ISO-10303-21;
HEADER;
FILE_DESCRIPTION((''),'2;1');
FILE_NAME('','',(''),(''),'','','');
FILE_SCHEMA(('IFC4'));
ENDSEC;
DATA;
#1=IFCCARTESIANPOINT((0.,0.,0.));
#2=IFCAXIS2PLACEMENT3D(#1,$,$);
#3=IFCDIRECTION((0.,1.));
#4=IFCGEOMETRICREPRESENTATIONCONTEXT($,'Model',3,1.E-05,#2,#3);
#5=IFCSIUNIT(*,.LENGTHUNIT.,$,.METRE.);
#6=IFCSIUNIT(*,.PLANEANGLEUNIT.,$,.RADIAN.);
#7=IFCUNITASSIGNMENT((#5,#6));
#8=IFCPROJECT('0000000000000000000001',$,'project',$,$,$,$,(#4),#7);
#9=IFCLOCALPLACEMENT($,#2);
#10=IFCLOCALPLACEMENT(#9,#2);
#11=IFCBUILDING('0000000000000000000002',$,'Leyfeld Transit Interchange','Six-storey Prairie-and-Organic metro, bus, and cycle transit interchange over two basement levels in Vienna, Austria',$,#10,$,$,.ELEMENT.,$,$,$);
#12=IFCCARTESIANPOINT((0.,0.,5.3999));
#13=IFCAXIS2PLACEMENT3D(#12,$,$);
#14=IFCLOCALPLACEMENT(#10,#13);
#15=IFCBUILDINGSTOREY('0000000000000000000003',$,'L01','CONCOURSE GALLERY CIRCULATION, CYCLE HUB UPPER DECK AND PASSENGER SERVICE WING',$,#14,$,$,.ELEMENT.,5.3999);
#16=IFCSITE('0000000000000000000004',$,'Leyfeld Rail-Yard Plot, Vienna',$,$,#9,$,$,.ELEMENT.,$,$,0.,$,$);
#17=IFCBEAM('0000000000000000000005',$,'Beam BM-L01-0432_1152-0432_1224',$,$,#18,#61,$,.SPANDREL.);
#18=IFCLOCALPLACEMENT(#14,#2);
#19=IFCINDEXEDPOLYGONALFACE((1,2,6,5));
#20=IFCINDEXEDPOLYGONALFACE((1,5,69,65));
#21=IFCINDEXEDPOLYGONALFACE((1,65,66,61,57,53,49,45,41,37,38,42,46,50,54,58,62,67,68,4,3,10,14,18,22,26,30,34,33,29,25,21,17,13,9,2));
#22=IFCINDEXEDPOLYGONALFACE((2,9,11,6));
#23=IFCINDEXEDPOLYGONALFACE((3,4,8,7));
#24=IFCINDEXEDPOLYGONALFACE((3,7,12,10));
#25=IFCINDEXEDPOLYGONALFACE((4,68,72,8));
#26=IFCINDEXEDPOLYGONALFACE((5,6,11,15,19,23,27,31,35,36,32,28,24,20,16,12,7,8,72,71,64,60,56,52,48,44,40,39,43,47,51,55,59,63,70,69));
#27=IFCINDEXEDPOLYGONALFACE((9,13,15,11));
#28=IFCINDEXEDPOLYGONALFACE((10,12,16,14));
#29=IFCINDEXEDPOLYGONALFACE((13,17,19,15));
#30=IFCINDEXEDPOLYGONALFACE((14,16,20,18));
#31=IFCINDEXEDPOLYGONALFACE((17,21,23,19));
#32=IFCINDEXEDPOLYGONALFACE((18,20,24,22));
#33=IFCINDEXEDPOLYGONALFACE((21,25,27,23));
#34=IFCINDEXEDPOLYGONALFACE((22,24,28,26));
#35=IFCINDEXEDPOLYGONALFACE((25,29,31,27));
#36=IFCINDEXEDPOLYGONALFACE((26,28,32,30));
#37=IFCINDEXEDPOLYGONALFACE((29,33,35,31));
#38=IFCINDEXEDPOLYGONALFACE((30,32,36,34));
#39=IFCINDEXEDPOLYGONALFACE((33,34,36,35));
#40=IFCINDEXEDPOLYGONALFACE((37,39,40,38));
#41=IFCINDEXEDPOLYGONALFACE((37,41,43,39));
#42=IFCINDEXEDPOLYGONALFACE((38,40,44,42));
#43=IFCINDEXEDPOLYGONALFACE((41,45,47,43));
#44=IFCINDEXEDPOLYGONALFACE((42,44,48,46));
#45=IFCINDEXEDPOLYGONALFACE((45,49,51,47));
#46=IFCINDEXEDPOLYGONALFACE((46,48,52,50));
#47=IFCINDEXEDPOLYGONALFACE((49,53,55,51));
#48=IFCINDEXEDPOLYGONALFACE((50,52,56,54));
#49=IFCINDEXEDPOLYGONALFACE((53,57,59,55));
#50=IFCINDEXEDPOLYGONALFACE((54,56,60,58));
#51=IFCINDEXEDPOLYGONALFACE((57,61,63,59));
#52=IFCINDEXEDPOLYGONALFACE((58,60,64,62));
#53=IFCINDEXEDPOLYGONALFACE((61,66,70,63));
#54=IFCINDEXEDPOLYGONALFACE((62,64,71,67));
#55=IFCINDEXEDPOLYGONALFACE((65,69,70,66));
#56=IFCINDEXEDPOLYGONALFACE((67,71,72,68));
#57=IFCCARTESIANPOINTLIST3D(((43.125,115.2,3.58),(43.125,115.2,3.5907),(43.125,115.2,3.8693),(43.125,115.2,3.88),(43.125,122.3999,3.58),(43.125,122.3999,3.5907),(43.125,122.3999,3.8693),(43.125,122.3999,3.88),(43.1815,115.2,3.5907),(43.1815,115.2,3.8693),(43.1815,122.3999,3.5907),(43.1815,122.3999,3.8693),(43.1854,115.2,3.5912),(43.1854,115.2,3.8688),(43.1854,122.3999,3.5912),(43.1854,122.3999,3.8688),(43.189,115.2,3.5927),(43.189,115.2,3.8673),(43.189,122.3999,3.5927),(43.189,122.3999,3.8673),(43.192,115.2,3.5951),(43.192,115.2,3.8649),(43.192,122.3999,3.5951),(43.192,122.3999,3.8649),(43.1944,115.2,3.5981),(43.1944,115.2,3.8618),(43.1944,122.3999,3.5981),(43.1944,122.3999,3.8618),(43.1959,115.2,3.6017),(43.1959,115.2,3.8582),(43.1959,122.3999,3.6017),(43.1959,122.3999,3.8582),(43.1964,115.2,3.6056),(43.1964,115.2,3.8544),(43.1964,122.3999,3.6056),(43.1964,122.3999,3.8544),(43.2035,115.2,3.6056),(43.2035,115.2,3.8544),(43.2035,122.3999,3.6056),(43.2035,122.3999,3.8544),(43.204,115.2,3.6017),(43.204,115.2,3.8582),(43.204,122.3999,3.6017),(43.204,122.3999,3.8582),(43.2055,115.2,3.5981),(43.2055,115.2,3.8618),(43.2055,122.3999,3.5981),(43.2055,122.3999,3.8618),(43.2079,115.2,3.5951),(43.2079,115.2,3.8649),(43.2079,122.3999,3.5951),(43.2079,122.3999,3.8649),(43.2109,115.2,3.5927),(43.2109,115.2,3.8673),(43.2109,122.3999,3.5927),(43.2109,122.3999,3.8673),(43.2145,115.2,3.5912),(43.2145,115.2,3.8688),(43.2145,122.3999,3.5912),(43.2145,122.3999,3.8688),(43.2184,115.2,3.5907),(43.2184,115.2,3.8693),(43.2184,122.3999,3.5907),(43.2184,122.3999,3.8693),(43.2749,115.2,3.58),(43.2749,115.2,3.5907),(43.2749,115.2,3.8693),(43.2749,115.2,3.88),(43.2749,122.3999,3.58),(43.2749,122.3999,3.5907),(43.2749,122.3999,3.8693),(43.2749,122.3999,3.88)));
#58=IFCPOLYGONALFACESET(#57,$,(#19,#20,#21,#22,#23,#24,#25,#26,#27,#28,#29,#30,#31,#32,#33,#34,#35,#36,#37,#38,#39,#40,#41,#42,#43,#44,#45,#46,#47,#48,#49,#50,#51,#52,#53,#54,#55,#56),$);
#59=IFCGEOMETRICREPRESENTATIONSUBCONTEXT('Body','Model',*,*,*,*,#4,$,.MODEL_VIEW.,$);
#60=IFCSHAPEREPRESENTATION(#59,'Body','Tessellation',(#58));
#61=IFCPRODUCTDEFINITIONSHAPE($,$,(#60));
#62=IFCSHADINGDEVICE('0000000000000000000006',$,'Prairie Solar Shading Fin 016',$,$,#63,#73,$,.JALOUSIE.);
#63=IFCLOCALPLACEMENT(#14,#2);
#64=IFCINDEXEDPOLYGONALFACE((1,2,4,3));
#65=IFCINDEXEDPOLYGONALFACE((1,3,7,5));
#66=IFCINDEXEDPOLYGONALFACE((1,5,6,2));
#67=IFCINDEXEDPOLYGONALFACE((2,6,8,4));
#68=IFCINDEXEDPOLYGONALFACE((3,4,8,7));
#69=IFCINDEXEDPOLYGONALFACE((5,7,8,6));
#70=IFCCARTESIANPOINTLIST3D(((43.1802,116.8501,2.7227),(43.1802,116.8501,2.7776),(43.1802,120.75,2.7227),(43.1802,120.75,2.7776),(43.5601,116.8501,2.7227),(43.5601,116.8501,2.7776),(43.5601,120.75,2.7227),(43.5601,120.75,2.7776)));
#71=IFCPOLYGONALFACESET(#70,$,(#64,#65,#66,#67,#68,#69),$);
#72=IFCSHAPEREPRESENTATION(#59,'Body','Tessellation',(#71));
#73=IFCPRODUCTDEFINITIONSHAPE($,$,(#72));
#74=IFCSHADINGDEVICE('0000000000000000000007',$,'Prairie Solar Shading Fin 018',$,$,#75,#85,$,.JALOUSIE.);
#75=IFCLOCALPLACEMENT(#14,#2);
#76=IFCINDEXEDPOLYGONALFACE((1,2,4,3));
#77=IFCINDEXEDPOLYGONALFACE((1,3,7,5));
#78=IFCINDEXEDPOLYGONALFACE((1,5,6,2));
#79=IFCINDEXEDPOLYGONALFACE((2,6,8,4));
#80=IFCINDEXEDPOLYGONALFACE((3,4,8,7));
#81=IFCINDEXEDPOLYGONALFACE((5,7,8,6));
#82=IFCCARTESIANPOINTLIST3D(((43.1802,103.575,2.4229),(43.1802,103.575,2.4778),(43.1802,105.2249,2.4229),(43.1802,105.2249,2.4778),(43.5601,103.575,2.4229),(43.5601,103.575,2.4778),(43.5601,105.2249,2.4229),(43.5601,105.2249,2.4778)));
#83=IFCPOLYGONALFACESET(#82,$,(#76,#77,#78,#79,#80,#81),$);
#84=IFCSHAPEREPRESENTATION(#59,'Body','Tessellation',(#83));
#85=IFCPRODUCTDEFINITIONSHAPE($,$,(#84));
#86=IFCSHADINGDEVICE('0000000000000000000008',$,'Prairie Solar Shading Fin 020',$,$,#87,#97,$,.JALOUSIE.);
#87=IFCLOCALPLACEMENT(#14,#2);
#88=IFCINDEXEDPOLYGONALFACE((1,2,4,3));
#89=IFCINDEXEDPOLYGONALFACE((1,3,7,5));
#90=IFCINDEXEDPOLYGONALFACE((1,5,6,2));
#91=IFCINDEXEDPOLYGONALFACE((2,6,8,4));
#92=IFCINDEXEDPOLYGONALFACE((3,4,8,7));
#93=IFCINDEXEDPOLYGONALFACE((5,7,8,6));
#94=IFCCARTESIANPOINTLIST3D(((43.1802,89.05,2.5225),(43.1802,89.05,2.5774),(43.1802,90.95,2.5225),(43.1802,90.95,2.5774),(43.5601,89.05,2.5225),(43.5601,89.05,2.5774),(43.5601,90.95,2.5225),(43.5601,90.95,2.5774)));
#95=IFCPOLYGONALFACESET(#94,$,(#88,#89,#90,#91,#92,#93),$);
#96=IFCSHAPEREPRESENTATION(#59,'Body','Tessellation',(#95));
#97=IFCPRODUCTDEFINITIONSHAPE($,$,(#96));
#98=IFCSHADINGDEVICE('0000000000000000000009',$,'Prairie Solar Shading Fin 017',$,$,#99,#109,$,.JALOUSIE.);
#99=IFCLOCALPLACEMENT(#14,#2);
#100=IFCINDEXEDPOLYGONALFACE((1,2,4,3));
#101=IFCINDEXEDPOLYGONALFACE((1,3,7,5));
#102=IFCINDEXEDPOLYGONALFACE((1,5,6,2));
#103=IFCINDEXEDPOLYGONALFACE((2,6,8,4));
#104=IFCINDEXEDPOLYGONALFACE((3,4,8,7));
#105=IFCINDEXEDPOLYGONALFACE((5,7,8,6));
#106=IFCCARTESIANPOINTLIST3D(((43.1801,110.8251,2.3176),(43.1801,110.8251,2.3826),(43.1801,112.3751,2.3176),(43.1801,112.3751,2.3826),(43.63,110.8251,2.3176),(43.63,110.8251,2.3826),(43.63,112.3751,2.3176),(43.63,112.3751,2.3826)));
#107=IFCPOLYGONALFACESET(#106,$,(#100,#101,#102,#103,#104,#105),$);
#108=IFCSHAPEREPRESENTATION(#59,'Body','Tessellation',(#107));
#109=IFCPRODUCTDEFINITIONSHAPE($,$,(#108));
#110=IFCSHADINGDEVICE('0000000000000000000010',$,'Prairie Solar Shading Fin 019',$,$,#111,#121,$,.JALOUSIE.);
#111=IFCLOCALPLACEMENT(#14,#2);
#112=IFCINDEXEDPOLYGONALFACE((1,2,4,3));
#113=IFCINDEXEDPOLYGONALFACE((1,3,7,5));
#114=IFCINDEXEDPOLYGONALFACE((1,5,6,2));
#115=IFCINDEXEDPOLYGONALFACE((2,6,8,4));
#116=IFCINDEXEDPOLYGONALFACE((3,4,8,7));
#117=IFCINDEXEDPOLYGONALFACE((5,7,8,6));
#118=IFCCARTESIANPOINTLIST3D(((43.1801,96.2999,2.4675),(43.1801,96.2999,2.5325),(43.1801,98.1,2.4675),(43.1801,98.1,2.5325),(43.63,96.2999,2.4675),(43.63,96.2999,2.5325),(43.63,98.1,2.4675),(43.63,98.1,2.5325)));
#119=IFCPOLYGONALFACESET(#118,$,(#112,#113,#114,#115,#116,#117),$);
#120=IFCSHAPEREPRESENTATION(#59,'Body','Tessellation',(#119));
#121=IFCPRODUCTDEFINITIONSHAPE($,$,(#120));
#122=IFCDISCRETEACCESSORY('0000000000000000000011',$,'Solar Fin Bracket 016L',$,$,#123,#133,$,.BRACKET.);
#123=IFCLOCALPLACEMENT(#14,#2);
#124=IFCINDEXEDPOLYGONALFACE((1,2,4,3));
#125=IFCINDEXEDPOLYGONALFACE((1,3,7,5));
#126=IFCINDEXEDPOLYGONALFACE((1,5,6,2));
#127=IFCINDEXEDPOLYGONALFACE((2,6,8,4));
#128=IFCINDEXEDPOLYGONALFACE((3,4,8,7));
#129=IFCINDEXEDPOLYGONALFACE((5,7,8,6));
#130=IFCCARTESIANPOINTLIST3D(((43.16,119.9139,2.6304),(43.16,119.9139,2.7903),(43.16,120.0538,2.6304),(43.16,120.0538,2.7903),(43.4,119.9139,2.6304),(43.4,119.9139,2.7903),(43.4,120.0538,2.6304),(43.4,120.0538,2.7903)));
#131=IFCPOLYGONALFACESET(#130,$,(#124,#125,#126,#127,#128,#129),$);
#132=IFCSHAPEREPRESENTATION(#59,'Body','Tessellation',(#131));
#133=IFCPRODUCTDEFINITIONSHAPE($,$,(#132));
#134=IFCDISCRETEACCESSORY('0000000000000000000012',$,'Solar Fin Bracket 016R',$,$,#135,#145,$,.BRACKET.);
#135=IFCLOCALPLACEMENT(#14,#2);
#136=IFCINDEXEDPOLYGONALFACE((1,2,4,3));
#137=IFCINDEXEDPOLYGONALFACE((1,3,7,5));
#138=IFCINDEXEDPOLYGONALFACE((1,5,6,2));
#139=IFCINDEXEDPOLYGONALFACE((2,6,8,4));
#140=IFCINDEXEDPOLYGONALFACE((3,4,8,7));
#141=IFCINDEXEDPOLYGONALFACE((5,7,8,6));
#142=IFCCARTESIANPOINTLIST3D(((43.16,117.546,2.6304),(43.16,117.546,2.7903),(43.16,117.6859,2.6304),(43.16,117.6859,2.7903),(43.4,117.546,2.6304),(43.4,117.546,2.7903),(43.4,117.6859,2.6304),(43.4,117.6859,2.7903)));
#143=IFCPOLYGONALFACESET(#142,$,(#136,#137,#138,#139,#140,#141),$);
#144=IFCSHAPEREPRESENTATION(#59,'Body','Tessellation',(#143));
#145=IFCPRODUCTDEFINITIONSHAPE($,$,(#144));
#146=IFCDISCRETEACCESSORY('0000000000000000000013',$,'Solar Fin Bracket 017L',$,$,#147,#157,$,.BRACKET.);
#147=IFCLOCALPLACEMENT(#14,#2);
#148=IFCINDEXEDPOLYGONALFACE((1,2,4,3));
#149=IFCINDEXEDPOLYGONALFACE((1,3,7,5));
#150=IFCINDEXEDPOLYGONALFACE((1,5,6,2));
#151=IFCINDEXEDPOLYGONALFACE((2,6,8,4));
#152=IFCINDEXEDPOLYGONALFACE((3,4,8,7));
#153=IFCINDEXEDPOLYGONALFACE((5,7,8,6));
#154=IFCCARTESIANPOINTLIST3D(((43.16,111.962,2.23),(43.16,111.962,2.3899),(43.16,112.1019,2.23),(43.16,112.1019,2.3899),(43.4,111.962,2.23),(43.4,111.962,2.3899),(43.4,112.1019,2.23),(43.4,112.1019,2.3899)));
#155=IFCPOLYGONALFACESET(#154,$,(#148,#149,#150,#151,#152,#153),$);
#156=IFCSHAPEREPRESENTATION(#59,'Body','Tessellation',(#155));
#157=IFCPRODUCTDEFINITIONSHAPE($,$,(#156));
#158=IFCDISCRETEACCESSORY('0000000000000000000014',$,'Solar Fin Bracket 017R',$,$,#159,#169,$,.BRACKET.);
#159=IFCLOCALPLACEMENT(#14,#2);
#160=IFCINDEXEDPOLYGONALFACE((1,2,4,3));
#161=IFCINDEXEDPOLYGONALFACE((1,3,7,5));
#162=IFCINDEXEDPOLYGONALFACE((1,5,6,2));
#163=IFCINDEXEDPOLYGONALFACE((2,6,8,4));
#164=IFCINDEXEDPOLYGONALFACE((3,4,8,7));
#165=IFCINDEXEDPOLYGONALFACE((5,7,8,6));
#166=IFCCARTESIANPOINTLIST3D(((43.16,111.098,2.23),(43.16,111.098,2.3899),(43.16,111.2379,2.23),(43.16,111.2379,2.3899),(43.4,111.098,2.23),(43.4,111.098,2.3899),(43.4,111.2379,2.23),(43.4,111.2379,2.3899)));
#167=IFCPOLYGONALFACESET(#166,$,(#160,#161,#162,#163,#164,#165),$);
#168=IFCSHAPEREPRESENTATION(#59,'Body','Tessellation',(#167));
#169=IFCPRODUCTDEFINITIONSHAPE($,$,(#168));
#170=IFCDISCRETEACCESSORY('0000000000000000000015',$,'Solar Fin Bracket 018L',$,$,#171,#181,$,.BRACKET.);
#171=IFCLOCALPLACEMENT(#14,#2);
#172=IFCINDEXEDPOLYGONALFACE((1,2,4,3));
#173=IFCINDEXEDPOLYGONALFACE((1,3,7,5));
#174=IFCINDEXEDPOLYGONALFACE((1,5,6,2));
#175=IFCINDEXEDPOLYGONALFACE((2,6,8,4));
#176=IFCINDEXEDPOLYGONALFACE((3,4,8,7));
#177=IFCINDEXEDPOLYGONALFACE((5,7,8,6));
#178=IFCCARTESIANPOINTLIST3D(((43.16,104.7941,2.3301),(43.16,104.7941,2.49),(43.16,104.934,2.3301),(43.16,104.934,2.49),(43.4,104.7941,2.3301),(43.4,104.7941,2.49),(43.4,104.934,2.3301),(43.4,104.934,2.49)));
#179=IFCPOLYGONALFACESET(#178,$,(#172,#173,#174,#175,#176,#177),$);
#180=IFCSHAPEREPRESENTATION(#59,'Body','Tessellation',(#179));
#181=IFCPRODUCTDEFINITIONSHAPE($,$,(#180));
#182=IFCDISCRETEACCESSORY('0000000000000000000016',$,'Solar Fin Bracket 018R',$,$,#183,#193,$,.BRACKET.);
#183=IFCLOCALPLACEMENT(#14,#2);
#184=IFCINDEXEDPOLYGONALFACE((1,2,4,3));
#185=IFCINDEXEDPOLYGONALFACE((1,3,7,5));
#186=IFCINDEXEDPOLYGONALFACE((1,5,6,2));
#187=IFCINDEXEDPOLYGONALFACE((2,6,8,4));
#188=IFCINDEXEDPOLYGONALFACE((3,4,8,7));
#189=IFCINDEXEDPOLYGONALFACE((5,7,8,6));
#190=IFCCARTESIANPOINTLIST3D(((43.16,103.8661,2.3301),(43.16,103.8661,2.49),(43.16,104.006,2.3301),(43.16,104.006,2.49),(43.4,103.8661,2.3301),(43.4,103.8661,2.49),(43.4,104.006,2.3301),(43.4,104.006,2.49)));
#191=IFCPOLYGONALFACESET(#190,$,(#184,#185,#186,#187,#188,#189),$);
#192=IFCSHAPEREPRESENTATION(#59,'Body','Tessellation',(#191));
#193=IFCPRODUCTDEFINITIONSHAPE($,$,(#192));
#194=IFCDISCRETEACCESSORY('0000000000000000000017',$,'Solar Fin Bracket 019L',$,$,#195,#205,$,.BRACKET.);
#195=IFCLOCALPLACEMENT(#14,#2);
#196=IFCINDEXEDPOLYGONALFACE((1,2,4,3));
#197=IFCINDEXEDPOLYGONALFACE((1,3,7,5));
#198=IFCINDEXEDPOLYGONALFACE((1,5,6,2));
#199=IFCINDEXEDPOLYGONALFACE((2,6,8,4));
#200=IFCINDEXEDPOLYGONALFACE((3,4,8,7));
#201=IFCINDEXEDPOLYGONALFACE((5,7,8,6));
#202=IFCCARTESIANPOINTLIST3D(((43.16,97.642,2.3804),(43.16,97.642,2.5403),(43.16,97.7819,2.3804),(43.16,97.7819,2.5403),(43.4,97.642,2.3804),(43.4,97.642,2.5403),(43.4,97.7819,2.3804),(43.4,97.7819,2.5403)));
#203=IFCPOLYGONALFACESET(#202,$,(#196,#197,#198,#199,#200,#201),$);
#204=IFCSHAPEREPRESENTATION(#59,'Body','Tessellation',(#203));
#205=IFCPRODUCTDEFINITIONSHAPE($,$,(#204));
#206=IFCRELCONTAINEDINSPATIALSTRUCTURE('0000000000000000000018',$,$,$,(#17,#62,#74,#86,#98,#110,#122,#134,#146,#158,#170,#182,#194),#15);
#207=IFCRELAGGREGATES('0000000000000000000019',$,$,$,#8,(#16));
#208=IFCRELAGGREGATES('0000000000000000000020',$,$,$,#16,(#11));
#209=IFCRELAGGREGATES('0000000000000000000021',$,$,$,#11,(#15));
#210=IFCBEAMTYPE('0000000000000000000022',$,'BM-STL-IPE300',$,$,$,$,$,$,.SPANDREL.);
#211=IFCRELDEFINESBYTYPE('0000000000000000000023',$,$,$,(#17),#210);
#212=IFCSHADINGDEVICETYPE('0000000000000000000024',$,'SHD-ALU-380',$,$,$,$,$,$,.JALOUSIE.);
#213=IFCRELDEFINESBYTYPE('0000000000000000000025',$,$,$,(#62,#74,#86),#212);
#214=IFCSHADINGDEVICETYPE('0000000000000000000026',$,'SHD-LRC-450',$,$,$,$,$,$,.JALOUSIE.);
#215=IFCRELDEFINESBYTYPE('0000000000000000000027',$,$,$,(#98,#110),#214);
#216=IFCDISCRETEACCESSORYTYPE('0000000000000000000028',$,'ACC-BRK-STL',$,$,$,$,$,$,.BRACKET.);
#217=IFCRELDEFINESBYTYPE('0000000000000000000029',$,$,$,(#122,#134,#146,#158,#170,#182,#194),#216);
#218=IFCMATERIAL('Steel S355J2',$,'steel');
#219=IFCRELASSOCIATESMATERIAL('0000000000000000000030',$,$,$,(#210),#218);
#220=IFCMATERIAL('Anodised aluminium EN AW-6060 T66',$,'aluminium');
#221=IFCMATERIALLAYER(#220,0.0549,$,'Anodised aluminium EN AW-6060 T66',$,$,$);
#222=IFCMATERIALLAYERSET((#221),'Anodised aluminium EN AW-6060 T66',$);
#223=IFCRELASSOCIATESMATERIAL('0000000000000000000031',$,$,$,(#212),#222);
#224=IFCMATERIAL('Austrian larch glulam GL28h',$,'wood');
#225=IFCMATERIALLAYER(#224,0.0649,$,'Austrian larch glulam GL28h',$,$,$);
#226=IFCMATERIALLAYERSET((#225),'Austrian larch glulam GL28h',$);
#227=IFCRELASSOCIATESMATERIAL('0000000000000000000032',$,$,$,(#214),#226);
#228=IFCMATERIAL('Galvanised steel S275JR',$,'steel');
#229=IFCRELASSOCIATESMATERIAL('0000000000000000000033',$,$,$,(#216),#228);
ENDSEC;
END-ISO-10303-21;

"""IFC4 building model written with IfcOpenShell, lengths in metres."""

from ifc_helpers import new_model, si_unit, direction, frame, origin, origin_2d, place, context, subcontext, project, spatial, rectangle, i_section, extrude, material, layer, layer_set, material_profile, profile_set, type_object, element, save


model = new_model("IFC4")

# Units and contexts
model_context = context("Model", 3, precision=1e-05, world=origin(), true_north=direction((0.0, 1.0)))
body_context = subcontext(model_context, "Body", "Model", "MODEL_VIEW")
ifc_project = project(units=[si_unit("LENGTHUNIT", "METRE"), si_unit("PLANEANGLEUNIT", "RADIAN")], contexts=[model_context])

# Site, building, storey
site_placement = place(None, origin())
site = spatial("IfcSite", under=ifc_project, at=site_placement, Name="Leyfeld Rail-Yard Plot, Vienna", CompositionType="ELEMENT", RefElevation=0.0)
building_placement = place(site_placement, origin())
building = spatial("IfcBuilding", under=site, at=building_placement, Name="Leyfeld Transit Interchange", Description="Six-storey Prairie-and-Organic metro, bus, and cycle transit interchange over two basement levels in Vienna, Austria", CompositionType="ELEMENT")
storey_placement = place(building_placement, frame((0.0, 0.0, 5.3999)))
storey = spatial("IfcBuildingStorey", under=building, at=storey_placement, Name="L01", Description="CONCOURSE GALLERY CIRCULATION, CYCLE HUB UPPER DECK AND PASSENGER SERVICE WING", CompositionType="ELEMENT", Elevation=5.3999)

# Beam
ifc_material_1 = material(Name="Steel S355J2", Category="steel")
ifc_material_profile_1 = material_profile(ifc_material_1, i_section(OverallWidth=0.1499, OverallDepth=0.3, WebThickness=0.0071, FlangeThickness=0.0107, FilletRadius=0.0149, at=origin_2d()), Name="IPE 300")
ifc_profile_set_1 = profile_set([ifc_material_profile_1], Name="Steel S355J2")
beam_type = type_object("IfcBeamType", Name="BM-STL-IPE300", PredefinedType="SPANDREL", material=ifc_profile_set_1)
for number, where, z_axis, x_axis, name in (
    (1, (43.2, 115.2, 3.73), (0.0, 1.0, 0.0), (-1.0, 0.0, 0.0), "Beam BM-L01-0432_1152-0432_1224"),
):
    element("IfcBeam", number, at=place(storey_placement, frame(where, z_axis=z_axis, x_axis=x_axis)), inside=storey, type_object=beam_type, Name=name, PredefinedType="SPANDREL", context=body_context, shape_type="SweptSolid", body=[
        extrude(i_section(OverallWidth=0.1499, OverallDepth=0.3, WebThickness=0.0071, FlangeThickness=0.0107, FilletRadius=0.0149, at=origin_2d()), origin(), (0.0, 0.0, 1.0), 7.2),
    ])

# Shading devices
ifc_material_2 = material(Name="Anodised aluminium EN AW-6060 T66", Category="aluminium")
ifc_layer_1 = layer(ifc_material_2, 0.0549, Name="Anodised aluminium EN AW-6060 T66")
ifc_layer_set_1 = layer_set([ifc_layer_1], Name="Anodised aluminium EN AW-6060 T66")
shading_device_type_1 = type_object("IfcShadingDeviceType", Name="SHD-ALU-380", PredefinedType="JALOUSIE", material=ifc_layer_set_1)
shading_device_1_placement = place(storey_placement, frame((43.3701, 118.8, 2.7227), z_axis=(0.0, 0.0, 1.0), x_axis=(0.0, -1.0, 0.0)))
element("IfcShadingDevice", 2, at=shading_device_1_placement, inside=storey, type_object=shading_device_type_1, Name="Prairie Solar Shading Fin 016", PredefinedType="JALOUSIE", context=body_context, shape_type="SweptSolid", body=[
    extrude(rectangle(XDim=3.8999, YDim=0.3799, at=origin_2d()), origin(), (0.0, 0.0, 1.0), 0.0549),
])
shading_device_2_placement = place(storey_placement, frame((43.3701, 104.3999, 2.4229), z_axis=(0.0, 0.0, 1.0), x_axis=(0.0, -1.0, 0.0)))
element("IfcShadingDevice", 3, at=shading_device_2_placement, inside=storey, type_object=shading_device_type_1, Name="Prairie Solar Shading Fin 018", PredefinedType="JALOUSIE", context=body_context, shape_type="SweptSolid", body=[
    extrude(rectangle(XDim=1.6499, YDim=0.3799, at=origin_2d()), origin(), (0.0, 0.0, 1.0), 0.0549),
])
shading_device_3_placement = place(storey_placement, frame((43.3701, 90.0, 2.5225), z_axis=(0.0, 0.0, 1.0), x_axis=(0.0, -1.0, 0.0)))
element("IfcShadingDevice", 4, at=shading_device_3_placement, inside=storey, type_object=shading_device_type_1, Name="Prairie Solar Shading Fin 020", PredefinedType="JALOUSIE", context=body_context, shape_type="SweptSolid", body=[
    extrude(rectangle(XDim=1.8999, YDim=0.3799, at=origin_2d()), origin(), (0.0, 0.0, 1.0), 0.0549),
])
ifc_material_3 = material(Name="Austrian larch glulam GL28h", Category="wood")
ifc_layer_2 = layer(ifc_material_3, 0.0649, Name="Austrian larch glulam GL28h")
ifc_layer_set_2 = layer_set([ifc_layer_2], Name="Austrian larch glulam GL28h")
shading_device_type_2 = type_object("IfcShadingDeviceType", Name="SHD-LRC-450", PredefinedType="JALOUSIE", material=ifc_layer_set_2)
shading_device_4_placement = place(storey_placement, frame((43.405, 111.6001, 2.3176), z_axis=(0.0, 0.0, 1.0), x_axis=(0.0, -1.0, 0.0)))
element("IfcShadingDevice", 5, at=shading_device_4_placement, inside=storey, type_object=shading_device_type_2, Name="Prairie Solar Shading Fin 017", PredefinedType="JALOUSIE", context=body_context, shape_type="SweptSolid", body=[
    extrude(rectangle(XDim=1.55, YDim=0.45, at=origin_2d()), origin(), (0.0, 0.0, 1.0), 0.0649),
])
shading_device_5_placement = place(storey_placement, frame((43.405, 97.2, 2.4675), z_axis=(0.0, 0.0, 1.0), x_axis=(0.0, -1.0, 0.0)))
element("IfcShadingDevice", 6, at=shading_device_5_placement, inside=storey, type_object=shading_device_type_2, Name="Prairie Solar Shading Fin 019", PredefinedType="JALOUSIE", context=body_context, shape_type="SweptSolid", body=[
    extrude(rectangle(XDim=1.8, YDim=0.45, at=origin_2d()), origin(), (0.0, 0.0, 1.0), 0.0649),
])

# Discrete accessories
ifc_material_4 = material(Name="Galvanised steel S275JR", Category="steel")
discrete_accessory_type = type_object("IfcDiscreteAccessoryType", Name="ACC-BRK-STL", PredefinedType="BRACKET", material=ifc_material_4)
for number, where, z_axis, x_axis, name in (
    (7, (43.28, 119.9839, 2.6304), (0.0, 0.0, 1.0), (0.0, -1.0, 0.0), "Solar Fin Bracket 016L"),
    (8, (43.28, 117.616, 2.6304), (0.0, 0.0, 1.0), (0.0, -1.0, 0.0), "Solar Fin Bracket 016R"),
    (9, (43.28, 112.032, 2.23), (0.0, 0.0, 1.0), (0.0, -1.0, 0.0), "Solar Fin Bracket 017L"),
    (10, (43.28, 111.168, 2.23), (0.0, 0.0, 1.0), (0.0, -1.0, 0.0), "Solar Fin Bracket 017R"),
    (11, (43.28, 104.864, 2.3301), (0.0, 0.0, 1.0), (0.0, -1.0, 0.0), "Solar Fin Bracket 018L"),
    (12, (43.28, 103.936, 2.3301), (0.0, 0.0, 1.0), (0.0, -1.0, 0.0), "Solar Fin Bracket 018R"),
    (13, (43.28, 97.7119, 2.3804), (0.0, 0.0, 1.0), (0.0, -1.0, 0.0), "Solar Fin Bracket 019L"),
):
    element("IfcDiscreteAccessory", number, at=place(storey_placement, frame(where, z_axis=z_axis, x_axis=x_axis)), inside=storey, type_object=discrete_accessory_type, Name=name, PredefinedType="BRACKET", context=body_context, shape_type="SweptSolid", body=[
        extrude(rectangle(XDim=0.1399, YDim=0.24, at=origin_2d()), origin(), (0.0, 0.0, 1.0), 0.1599),
    ])

save(model, "model.ifc")
